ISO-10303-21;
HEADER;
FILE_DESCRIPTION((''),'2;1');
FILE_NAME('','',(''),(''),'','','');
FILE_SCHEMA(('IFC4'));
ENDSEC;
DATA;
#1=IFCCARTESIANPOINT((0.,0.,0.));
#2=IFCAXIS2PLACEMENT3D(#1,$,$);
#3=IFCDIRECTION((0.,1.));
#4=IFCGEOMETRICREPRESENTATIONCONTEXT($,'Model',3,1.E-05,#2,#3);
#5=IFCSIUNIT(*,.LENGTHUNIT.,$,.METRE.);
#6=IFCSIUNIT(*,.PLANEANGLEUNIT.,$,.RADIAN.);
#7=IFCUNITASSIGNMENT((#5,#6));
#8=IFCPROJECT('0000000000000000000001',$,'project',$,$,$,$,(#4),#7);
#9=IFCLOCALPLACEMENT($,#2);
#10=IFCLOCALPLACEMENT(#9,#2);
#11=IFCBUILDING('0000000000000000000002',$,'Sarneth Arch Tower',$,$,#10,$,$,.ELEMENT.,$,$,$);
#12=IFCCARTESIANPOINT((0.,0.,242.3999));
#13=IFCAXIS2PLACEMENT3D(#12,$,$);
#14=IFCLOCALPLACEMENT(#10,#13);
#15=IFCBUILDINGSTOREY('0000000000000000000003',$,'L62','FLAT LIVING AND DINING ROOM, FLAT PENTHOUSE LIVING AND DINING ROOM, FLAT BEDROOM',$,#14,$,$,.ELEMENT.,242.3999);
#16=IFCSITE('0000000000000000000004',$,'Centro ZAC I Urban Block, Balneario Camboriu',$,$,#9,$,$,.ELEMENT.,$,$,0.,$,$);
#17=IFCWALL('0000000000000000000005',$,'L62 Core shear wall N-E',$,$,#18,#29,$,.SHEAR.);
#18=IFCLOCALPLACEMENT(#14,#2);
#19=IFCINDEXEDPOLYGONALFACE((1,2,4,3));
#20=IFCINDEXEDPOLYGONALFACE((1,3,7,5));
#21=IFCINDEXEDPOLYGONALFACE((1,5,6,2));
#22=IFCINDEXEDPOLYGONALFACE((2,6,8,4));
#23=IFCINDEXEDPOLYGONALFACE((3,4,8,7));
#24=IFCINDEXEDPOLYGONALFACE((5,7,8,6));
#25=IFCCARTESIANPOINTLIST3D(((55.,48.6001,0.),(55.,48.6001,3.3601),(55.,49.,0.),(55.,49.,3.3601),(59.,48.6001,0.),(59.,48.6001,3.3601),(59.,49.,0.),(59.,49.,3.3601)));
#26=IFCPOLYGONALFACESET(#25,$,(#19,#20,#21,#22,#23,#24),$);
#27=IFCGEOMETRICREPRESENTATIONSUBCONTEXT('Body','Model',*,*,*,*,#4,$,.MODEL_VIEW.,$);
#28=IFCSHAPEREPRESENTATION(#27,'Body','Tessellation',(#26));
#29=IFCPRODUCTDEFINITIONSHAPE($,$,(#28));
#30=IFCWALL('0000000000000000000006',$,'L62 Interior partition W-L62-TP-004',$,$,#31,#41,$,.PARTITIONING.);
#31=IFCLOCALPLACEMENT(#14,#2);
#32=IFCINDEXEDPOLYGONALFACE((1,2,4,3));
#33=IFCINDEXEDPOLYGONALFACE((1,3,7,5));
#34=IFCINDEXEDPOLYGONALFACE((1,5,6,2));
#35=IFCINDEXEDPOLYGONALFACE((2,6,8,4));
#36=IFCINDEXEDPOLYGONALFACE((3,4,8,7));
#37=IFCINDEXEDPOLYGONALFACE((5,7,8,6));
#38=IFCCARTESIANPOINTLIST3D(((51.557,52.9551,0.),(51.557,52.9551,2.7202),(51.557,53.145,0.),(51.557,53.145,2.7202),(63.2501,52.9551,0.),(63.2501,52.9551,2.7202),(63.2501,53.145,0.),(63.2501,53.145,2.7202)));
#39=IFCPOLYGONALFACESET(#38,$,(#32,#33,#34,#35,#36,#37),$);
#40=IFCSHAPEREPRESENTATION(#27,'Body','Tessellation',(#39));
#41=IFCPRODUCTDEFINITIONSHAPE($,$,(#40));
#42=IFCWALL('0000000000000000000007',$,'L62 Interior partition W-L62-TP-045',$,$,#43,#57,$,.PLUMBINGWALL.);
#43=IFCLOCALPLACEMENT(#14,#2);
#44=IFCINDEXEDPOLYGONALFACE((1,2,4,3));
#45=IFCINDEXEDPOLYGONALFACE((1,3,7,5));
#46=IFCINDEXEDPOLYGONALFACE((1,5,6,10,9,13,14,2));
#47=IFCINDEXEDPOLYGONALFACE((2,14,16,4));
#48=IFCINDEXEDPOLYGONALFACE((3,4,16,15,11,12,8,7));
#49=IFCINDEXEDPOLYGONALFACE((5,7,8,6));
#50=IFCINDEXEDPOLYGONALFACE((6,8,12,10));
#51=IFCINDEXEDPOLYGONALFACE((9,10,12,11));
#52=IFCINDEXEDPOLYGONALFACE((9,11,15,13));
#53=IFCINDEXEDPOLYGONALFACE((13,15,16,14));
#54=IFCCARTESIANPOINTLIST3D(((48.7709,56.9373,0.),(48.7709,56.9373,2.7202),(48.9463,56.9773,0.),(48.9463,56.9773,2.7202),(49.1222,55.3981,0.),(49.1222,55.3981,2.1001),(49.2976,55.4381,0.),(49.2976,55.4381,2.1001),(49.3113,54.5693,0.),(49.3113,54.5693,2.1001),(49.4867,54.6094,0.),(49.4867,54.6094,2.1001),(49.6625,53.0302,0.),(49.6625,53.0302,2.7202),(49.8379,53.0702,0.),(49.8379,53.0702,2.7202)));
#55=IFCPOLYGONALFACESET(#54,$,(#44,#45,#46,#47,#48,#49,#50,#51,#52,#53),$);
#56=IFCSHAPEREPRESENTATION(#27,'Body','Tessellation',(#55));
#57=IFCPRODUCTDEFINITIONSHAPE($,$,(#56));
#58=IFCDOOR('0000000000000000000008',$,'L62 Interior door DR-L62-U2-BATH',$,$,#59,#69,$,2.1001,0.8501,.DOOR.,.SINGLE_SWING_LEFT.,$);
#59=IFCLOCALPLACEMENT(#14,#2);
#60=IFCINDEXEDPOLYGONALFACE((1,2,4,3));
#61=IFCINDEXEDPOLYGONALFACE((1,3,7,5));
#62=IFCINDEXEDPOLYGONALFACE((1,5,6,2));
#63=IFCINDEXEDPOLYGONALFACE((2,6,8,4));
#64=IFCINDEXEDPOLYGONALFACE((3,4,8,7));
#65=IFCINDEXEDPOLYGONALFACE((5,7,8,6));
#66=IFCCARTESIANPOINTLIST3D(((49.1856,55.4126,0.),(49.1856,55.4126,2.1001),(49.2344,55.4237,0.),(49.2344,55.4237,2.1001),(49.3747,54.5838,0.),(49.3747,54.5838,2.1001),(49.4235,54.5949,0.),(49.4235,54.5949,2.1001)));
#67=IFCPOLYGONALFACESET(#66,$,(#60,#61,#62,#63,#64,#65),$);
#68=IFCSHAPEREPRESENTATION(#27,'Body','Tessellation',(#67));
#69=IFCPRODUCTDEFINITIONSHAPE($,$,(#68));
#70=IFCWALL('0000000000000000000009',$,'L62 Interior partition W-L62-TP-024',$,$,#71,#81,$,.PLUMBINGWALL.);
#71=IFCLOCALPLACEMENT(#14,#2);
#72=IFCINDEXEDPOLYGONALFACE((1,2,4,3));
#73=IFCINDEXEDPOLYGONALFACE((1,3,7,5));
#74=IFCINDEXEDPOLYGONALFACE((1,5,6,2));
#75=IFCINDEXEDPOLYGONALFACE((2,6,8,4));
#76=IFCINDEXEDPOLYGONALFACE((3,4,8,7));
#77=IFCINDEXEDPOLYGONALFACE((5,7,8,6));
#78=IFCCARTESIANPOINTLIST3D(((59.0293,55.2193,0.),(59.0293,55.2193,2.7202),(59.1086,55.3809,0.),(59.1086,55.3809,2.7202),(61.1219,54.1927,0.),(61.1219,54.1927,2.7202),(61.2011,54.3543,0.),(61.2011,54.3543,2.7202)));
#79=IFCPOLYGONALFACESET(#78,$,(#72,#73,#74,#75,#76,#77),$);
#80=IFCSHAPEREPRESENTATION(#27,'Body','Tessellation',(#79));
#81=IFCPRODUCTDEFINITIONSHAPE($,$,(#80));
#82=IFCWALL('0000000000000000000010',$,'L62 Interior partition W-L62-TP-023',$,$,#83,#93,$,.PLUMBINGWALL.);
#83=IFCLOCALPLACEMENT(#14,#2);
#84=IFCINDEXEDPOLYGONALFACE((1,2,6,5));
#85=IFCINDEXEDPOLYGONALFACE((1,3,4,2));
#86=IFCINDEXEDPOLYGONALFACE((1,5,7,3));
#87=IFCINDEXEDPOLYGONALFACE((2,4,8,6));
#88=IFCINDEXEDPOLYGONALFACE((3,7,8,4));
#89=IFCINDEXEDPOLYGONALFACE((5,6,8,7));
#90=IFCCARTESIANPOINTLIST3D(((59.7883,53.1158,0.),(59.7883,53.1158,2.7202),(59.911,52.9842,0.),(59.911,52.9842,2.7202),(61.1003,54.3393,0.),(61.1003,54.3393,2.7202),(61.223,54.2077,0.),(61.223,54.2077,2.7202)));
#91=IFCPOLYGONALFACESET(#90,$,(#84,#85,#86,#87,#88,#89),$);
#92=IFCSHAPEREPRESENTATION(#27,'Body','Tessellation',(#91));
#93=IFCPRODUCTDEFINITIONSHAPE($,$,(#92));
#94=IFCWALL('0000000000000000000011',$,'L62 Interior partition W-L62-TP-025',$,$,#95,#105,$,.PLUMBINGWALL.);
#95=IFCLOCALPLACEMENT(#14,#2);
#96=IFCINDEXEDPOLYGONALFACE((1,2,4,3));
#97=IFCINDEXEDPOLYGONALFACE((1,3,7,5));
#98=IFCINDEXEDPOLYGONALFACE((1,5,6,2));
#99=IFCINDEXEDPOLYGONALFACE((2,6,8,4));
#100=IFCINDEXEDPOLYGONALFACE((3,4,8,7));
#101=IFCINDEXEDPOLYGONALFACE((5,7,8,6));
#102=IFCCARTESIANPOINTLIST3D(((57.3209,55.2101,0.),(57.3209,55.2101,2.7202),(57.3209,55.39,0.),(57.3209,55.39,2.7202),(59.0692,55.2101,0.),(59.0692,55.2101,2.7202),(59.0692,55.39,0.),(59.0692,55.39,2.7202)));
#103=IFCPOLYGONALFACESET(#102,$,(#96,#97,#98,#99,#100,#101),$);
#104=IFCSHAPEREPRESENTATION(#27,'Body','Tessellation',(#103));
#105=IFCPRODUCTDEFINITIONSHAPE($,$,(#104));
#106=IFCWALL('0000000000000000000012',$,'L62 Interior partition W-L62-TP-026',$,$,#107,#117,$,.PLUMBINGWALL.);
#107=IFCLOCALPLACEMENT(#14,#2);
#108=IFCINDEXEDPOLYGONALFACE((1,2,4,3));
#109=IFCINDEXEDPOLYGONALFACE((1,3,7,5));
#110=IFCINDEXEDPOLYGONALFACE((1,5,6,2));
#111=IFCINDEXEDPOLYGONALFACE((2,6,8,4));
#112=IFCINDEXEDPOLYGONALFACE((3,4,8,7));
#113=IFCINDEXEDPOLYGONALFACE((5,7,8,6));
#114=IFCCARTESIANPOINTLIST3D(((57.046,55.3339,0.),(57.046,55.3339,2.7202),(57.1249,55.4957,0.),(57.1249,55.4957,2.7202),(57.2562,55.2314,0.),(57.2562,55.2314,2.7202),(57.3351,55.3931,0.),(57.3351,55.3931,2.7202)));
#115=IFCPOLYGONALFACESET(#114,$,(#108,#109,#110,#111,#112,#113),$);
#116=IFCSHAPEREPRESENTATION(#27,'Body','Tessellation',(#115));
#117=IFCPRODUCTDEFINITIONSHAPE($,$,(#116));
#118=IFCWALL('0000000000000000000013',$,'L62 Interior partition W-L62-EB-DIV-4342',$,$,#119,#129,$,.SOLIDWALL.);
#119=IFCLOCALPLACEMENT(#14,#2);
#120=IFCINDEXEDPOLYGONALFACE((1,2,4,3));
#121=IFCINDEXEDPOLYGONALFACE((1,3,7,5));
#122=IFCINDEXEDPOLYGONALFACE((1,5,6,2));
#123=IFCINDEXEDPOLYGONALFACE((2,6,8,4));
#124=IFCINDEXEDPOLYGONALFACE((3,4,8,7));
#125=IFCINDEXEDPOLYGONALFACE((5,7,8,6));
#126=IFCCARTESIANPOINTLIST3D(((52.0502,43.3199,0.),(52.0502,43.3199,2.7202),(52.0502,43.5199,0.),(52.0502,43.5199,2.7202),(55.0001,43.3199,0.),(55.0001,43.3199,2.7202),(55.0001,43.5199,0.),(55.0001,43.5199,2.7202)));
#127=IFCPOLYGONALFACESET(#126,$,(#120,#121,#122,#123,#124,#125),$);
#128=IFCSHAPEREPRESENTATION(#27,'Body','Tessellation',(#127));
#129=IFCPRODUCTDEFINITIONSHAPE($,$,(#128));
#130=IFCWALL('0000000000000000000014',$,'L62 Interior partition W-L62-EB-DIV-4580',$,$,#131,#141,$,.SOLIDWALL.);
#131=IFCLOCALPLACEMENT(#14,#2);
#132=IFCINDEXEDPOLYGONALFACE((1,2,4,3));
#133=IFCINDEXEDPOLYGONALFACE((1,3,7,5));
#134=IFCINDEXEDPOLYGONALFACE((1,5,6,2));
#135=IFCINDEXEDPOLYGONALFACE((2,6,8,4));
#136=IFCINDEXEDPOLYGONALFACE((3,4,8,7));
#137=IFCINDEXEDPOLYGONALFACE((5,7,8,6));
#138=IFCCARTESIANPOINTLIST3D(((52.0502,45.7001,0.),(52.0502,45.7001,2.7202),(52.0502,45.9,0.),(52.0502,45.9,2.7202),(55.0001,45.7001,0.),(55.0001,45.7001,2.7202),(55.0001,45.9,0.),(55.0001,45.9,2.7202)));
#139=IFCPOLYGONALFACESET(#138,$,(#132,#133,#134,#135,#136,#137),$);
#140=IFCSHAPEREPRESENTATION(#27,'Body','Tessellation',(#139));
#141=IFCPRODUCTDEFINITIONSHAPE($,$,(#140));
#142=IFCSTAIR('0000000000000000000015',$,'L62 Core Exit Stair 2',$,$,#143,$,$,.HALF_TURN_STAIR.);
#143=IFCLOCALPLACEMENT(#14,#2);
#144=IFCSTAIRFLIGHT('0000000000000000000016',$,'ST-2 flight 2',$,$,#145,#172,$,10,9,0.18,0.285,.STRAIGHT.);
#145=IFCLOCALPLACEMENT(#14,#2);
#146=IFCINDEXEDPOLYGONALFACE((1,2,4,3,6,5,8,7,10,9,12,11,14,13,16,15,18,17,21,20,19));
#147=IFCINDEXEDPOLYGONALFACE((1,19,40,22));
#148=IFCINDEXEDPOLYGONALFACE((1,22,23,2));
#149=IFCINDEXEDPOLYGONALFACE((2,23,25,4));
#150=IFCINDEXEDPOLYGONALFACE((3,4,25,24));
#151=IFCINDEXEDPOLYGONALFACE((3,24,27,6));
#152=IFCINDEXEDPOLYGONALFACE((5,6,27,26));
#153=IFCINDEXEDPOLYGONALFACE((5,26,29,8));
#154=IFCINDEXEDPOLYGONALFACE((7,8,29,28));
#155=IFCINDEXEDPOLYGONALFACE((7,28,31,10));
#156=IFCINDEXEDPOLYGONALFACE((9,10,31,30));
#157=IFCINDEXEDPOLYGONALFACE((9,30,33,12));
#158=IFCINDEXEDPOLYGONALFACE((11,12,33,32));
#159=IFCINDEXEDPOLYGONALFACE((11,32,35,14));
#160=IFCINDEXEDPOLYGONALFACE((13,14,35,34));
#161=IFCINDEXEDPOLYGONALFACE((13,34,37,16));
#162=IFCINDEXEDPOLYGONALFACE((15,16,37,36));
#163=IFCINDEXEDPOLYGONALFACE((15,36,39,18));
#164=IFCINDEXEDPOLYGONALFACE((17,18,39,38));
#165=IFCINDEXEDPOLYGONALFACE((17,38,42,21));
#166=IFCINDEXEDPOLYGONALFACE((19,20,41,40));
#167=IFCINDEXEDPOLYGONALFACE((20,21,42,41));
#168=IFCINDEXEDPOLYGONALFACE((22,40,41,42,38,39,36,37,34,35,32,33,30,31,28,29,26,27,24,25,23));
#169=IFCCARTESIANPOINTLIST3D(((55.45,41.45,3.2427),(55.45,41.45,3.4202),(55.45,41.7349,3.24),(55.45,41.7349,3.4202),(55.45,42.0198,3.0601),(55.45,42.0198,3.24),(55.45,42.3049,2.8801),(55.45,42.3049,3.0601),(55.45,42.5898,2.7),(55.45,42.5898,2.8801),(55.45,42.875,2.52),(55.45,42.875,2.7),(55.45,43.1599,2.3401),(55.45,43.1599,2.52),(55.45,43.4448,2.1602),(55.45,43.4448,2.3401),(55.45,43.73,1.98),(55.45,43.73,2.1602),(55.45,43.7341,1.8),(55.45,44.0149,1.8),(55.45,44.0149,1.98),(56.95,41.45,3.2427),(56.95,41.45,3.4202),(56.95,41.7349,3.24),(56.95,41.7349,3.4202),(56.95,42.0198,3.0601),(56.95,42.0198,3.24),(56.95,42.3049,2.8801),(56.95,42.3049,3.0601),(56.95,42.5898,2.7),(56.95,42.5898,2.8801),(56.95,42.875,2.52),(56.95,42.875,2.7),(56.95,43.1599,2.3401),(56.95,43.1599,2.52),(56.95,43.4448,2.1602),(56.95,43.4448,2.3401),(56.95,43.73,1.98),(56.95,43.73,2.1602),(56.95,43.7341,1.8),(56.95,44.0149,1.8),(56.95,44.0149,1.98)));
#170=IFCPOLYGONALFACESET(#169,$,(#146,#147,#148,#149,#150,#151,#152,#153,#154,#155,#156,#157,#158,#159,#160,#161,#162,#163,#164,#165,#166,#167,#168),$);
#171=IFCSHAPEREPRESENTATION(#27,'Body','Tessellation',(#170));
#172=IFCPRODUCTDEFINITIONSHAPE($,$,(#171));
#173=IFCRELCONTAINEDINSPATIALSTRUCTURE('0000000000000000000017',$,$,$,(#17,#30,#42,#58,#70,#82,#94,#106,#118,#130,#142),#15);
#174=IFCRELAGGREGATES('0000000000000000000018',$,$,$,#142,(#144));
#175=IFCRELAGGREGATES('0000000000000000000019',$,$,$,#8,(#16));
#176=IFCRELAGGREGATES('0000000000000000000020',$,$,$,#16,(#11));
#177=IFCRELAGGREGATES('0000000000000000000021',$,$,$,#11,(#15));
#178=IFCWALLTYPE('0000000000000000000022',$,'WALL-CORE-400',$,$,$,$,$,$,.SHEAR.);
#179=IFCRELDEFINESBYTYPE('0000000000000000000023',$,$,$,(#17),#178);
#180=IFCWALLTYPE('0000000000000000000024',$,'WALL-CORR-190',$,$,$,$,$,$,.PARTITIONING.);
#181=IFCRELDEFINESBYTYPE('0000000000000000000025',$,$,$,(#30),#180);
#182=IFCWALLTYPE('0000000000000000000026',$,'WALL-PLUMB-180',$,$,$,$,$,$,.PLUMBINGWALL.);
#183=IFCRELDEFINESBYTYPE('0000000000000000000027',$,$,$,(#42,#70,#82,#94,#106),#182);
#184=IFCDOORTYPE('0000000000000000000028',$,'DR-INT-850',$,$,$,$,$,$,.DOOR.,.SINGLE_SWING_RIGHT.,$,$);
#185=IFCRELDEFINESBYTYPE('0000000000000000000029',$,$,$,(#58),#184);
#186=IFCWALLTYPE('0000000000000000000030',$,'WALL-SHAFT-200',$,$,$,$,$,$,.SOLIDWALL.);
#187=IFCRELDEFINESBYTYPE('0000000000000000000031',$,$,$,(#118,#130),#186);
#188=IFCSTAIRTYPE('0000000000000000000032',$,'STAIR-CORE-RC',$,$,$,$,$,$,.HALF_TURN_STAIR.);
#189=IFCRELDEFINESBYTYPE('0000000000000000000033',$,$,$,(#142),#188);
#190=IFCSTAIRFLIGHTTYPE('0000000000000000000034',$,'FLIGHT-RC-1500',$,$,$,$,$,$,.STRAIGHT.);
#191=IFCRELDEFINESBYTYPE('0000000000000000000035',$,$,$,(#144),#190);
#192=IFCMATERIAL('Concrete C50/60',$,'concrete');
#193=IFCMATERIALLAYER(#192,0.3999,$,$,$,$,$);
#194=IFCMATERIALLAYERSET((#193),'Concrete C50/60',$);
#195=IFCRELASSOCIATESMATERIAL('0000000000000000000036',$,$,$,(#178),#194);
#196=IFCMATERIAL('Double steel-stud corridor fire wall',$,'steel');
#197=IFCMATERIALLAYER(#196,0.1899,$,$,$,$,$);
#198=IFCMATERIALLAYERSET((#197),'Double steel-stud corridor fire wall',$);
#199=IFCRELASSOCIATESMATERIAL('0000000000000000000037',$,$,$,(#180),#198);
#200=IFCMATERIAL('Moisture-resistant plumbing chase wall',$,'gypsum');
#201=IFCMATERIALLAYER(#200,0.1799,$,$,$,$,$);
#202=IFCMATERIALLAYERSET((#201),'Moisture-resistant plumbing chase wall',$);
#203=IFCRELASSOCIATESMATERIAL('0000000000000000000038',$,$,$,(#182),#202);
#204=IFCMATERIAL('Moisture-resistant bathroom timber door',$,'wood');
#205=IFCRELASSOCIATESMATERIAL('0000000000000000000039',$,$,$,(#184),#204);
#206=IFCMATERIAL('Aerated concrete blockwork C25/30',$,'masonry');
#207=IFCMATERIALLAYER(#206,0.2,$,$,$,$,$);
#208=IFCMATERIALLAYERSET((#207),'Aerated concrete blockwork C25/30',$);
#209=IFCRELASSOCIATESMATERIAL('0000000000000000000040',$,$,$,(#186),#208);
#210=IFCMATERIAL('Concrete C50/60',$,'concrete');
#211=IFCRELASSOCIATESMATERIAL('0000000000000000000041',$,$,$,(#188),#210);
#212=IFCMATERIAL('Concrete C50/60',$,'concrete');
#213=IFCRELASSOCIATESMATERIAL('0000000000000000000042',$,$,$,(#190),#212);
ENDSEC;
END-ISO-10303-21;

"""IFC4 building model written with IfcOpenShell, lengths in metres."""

from ifc_helpers import new_model, si_unit, direction, frame, frame_2d, origin, place, context, subcontext, project, spatial, polyline, rectangle, outline, extrude, material, layer, layer_set, type_object, element, fill, aggregate, save


model = new_model("IFC4")

# Units and contexts
model_context = context("Model", 3, precision=1e-05, world=origin(), true_north=direction((0.0, 1.0)))
body_context = subcontext(model_context, "Body", "Model", "MODEL_VIEW")
ifc_project = project(units=[si_unit("LENGTHUNIT", "METRE"), si_unit("PLANEANGLEUNIT", "RADIAN")], contexts=[model_context])

# Site, building, storey
site_placement = place(None, origin())
site = spatial("IfcSite", under=ifc_project, at=site_placement, Name="Centro ZAC I Urban Block, Balneario Camboriu", CompositionType="ELEMENT", RefElevation=0.0)
building_placement = place(site_placement, origin())
building = spatial("IfcBuilding", under=site, at=building_placement, Name="Sarneth Arch Tower", CompositionType="ELEMENT")
storey_placement = place(building_placement, frame((0.0, 0.0, 242.3999)))
storey = spatial("IfcBuildingStorey", under=building, at=storey_placement, Name="L62", Description="FLAT LIVING AND DINING ROOM, FLAT PENTHOUSE LIVING AND DINING ROOM, FLAT BEDROOM", CompositionType="ELEMENT", Elevation=242.3999)

# Walls
ifc_material_1 = material(Name="Concrete C50/60", Category="concrete")
ifc_layer_1 = layer(ifc_material_1, 0.3999)
ifc_layer_set_1 = layer_set([ifc_layer_1], Name="Concrete C50/60")
wall_type_1 = type_object("IfcWallType", Name="WALL-CORE-400", PredefinedType="SHEAR", material=ifc_layer_set_1)
wall_1_placement = place(storey_placement, frame((55.0, 48.8, 0.0), z_axis=(0.0, 0.0, 1.0), x_axis=(1.0, 0.0, 0.0)))
element("IfcWall", 1, at=wall_1_placement, inside=storey, type_object=wall_type_1, Name="L62 Core shear wall N-E", PredefinedType="SHEAR", context=body_context, shape_type="SweptSolid", body=[
    extrude(rectangle(XDim=4.0, YDim=0.3999, at=frame_2d((2.0, 0.0))), origin(), (0.0, 0.0, 1.0), 3.3601),
])
ifc_material_2 = material(Name="Double steel-stud corridor fire wall", Category="steel")
ifc_layer_2 = layer(ifc_material_2, 0.1899)
ifc_layer_set_2 = layer_set([ifc_layer_2], Name="Double steel-stud corridor fire wall")
wall_type_2 = type_object("IfcWallType", Name="WALL-CORR-190", PredefinedType="PARTITIONING", material=ifc_layer_set_2)
wall_2_placement = place(storey_placement, frame((51.5569, 53.05, 0.0), z_axis=(0.0, 0.0, 1.0), x_axis=(1.0, 0.0, 0.0)))
element("IfcWall", 2, at=wall_2_placement, inside=storey, type_object=wall_type_2, Name="L62 Interior partition W-L62-TP-004", PredefinedType="PARTITIONING", context=body_context, shape_type="SweptSolid", body=[
    extrude(rectangle(XDim=11.6931, YDim=0.1899, at=frame_2d((5.8467, 0.0))), origin(), (0.0, 0.0, 1.0), 2.7202),
])

# Wall, opening, door
ifc_material_3 = material(Name="Moisture-resistant plumbing chase wall", Category="gypsum")
ifc_layer_3 = layer(ifc_material_3, 0.1799)
ifc_layer_set_3 = layer_set([ifc_layer_3], Name="Moisture-resistant plumbing chase wall")
wall_type_3 = type_object("IfcWallType", Name="WALL-PLUMB-180", PredefinedType="PLUMBINGWALL", material=ifc_layer_set_3)
wall_3_placement = place(storey_placement, frame((49.7502, 53.05, 0.0), z_axis=(0.0, 0.0, 1.0), x_axis=(-0.222474, 0.974939, 0.0)))
wall_3 = element("IfcWall", 3, at=wall_3_placement, inside=storey, type_object=wall_type_3, Name="L62 Interior partition W-L62-TP-045", PredefinedType="PLUMBINGWALL", context=body_context, shape_type="SweptSolid", body=[
    extrude(rectangle(XDim=4.0076, YDim=0.1799, at=frame_2d((2.0039, 0.0))), origin(), (0.0, 0.0, 1.0), 2.7202),
])
opening_placement = place(wall_3_placement, frame((1.5789, 0.0, 0.0)))
opening = element("IfcOpeningElement", 4, at=opening_placement, cuts=wall_3, PredefinedType="OPENING", context=body_context, shape_type="SweptSolid", body=[
    extrude(rectangle(XDim=0.8501, YDim=2.1001, at=frame_2d((0.425, 1.05))), frame((0.0, 0.0999, 0.0), z_axis=(0.0, -1.0, 0.0), x_axis=(1.0, 0.0, 0.0)), (0.0, 0.0, 1.0), 0.2),
])
ifc_material_4 = material(Name="Moisture-resistant bathroom timber door", Category="wood")
door_type = type_object("IfcDoorType", Name="DR-INT-850", OperationType="SINGLE_SWING_RIGHT", PredefinedType="DOOR", material=ifc_material_4)
door_placement = place(opening_placement, origin())
door = element("IfcDoor", 5, at=door_placement, inside=storey, type_object=door_type, Name="L62 Interior door DR-L62-U2-BATH", OperationType="SINGLE_SWING_LEFT", OverallHeight=2.1001, OverallWidth=0.8501, PredefinedType="DOOR", context=body_context, shape_type="SweptSolid", body=[
    extrude(rectangle(XDim=0.8501, YDim=2.1001, at=frame_2d((0.425, 1.05))), frame((0.0, 0.0249, 0.0), z_axis=(0.0, -1.0, 0.0), x_axis=(1.0, 0.0, 0.0)), (0.0, 0.0, 1.0), 0.05),
])
fill(opening, door)

# Walls
wall_4_placement = place(storey_placement, frame((61.1616, 54.2734, 0.0), z_axis=(0.0, 0.0, 1.0), x_axis=(-0.897775, 0.440455, 0.0)))
element("IfcWall", 6, at=wall_4_placement, inside=storey, type_object=wall_type_3, Name="L62 Interior partition W-L62-TP-024", PredefinedType="PLUMBINGWALL", context=body_context, shape_type="SweptSolid", body=[
    extrude(rectangle(XDim=2.3308, YDim=0.1799, at=frame_2d((1.1655, 0.0))), origin(), (0.0, 0.0, 1.0), 2.7202),
])
wall_5_placement = place(storey_placement, frame((59.8496, 53.05, 0.0), z_axis=(0.0, 0.0, 1.0), x_axis=(0.731377, 0.681974, 0.0)))
element("IfcWall", 7, at=wall_5_placement, inside=storey, type_object=wall_type_3, Name="L62 Interior partition W-L62-TP-023", PredefinedType="PLUMBINGWALL", context=body_context, shape_type="SweptSolid", body=[
    extrude(rectangle(XDim=1.7939, YDim=0.1799, at=frame_2d((0.897, 0.0))), origin(), (0.0, 0.0, 1.0), 2.7202),
])
wall_6_placement = place(storey_placement, frame((59.0691, 55.3, 0.0), z_axis=(0.0, 0.0, 1.0), x_axis=(-1.0, 0.0, 0.0)))
element("IfcWall", 8, at=wall_6_placement, inside=storey, type_object=wall_type_3, Name="L62 Interior partition W-L62-TP-025", PredefinedType="PLUMBINGWALL", context=body_context, shape_type="SweptSolid", body=[
    extrude(rectangle(XDim=1.7483, YDim=0.1799, at=frame_2d((0.874, 0.0))), origin(), (0.0, 0.0, 1.0), 2.7202),
])
wall_7_placement = place(storey_placement, frame((57.2957, 55.3123, 0.0), z_axis=(0.0, 0.0, 1.0), x_axis=(-0.898768, 0.438424, 0.0)))
element("IfcWall", 9, at=wall_7_placement, inside=storey, type_object=wall_type_3, Name="L62 Interior partition W-L62-TP-026", PredefinedType="PLUMBINGWALL", context=body_context, shape_type="SweptSolid", body=[
    extrude(rectangle(XDim=0.2339, YDim=0.1799, at=frame_2d((0.1169, 0.0))), origin(), (0.0, 0.0, 1.0), 2.7202),
])
ifc_material_5 = material(Name="Aerated concrete blockwork C25/30", Category="masonry")
ifc_layer_4 = layer(ifc_material_5, 0.2)
ifc_layer_set_4 = layer_set([ifc_layer_4], Name="Aerated concrete blockwork C25/30")
wall_type_4 = type_object("IfcWallType", Name="WALL-SHAFT-200", PredefinedType="SOLIDWALL", material=ifc_layer_set_4)
for number, where, z_axis, x_axis, name in (
    (10, (52.05, 43.4199, 0.0), (0.0, 0.0, 1.0), (1.0, 0.0, 0.0), "L62 Interior partition W-L62-EB-DIV-4342"),
    (11, (52.05, 45.8, 0.0), (0.0, 0.0, 1.0), (1.0, 0.0, 0.0), "L62 Interior partition W-L62-EB-DIV-4580"),
):
    element("IfcWall", number, at=place(storey_placement, frame(where, z_axis=z_axis, x_axis=x_axis)), inside=storey, type_object=wall_type_4, Name=name, PredefinedType="SOLIDWALL", context=body_context, shape_type="SweptSolid", body=[
        extrude(rectangle(XDim=2.95, YDim=0.2, at=frame_2d((1.4751, 0.0))), origin(), (0.0, 0.0, 1.0), 2.7202),
    ])

# Stair, stair flight
ifc_material_6 = material(Name="Concrete C50/60", Category="concrete")
stair_type = type_object("IfcStairType", Name="STAIR-CORE-RC", PredefinedType="HALF_TURN_STAIR", material=ifc_material_6)
stair_placement = place(storey_placement, origin())
stair = element("IfcStair", 12, at=stair_placement, inside=storey, type_object=stair_type, Name="L62 Core Exit Stair 2", PredefinedType="HALF_TURN_STAIR")
ifc_material_7 = material(Name="Concrete C50/60", Category="concrete")
stair_flight_type = type_object("IfcStairFlightType", Name="FLIGHT-RC-1500", PredefinedType="STRAIGHT", material=ifc_material_7)
stair_flight_placement = place(storey_placement, frame((56.2, 44.0149, 1.8), z_axis=(0.0, 0.0, 1.0), x_axis=(0.0, -1.0, 0.0)))
stair_flight = element("IfcStairFlight", 13, at=stair_flight_placement, type_object=stair_flight_type, Name="ST-2 flight 2", NumberOfRisers=10, NumberOfTreads=9, PredefinedType="STRAIGHT", RiserHeight=0.18, TreadLength=0.285, context=body_context, shape_type="SweptSolid", body=[
    extrude(outline(polyline([(0.0, 0.0), (0.0, 0.1799), (0.2849, 0.1799), (0.2849, 0.3601), (0.5701, 0.3601), (0.5701, 0.54), (0.855, 0.54), (0.855, 0.72), (1.1399, 0.72), (1.1399, 0.8999), (1.425, 0.8999), (1.425, 1.0801), (1.71, 1.0801), (1.71, 1.26), (1.9951, 1.26), (1.9951, 1.4399), (2.28, 1.4399), (2.28, 1.6201), (2.5649, 1.6201), (2.5649, 1.8), (2.5649, 1.4426), (0.2808, 0.0), (0.0, 0.0)])), frame((0.0, 0.75, 0.0), z_axis=(0.0, -1.0, 0.0), x_axis=(1.0, 0.0, 0.0)), (0.0, 0.0, 1.0), 1.5),
])
aggregate(stair, [stair_flight])

save(model, "model.ifc")
